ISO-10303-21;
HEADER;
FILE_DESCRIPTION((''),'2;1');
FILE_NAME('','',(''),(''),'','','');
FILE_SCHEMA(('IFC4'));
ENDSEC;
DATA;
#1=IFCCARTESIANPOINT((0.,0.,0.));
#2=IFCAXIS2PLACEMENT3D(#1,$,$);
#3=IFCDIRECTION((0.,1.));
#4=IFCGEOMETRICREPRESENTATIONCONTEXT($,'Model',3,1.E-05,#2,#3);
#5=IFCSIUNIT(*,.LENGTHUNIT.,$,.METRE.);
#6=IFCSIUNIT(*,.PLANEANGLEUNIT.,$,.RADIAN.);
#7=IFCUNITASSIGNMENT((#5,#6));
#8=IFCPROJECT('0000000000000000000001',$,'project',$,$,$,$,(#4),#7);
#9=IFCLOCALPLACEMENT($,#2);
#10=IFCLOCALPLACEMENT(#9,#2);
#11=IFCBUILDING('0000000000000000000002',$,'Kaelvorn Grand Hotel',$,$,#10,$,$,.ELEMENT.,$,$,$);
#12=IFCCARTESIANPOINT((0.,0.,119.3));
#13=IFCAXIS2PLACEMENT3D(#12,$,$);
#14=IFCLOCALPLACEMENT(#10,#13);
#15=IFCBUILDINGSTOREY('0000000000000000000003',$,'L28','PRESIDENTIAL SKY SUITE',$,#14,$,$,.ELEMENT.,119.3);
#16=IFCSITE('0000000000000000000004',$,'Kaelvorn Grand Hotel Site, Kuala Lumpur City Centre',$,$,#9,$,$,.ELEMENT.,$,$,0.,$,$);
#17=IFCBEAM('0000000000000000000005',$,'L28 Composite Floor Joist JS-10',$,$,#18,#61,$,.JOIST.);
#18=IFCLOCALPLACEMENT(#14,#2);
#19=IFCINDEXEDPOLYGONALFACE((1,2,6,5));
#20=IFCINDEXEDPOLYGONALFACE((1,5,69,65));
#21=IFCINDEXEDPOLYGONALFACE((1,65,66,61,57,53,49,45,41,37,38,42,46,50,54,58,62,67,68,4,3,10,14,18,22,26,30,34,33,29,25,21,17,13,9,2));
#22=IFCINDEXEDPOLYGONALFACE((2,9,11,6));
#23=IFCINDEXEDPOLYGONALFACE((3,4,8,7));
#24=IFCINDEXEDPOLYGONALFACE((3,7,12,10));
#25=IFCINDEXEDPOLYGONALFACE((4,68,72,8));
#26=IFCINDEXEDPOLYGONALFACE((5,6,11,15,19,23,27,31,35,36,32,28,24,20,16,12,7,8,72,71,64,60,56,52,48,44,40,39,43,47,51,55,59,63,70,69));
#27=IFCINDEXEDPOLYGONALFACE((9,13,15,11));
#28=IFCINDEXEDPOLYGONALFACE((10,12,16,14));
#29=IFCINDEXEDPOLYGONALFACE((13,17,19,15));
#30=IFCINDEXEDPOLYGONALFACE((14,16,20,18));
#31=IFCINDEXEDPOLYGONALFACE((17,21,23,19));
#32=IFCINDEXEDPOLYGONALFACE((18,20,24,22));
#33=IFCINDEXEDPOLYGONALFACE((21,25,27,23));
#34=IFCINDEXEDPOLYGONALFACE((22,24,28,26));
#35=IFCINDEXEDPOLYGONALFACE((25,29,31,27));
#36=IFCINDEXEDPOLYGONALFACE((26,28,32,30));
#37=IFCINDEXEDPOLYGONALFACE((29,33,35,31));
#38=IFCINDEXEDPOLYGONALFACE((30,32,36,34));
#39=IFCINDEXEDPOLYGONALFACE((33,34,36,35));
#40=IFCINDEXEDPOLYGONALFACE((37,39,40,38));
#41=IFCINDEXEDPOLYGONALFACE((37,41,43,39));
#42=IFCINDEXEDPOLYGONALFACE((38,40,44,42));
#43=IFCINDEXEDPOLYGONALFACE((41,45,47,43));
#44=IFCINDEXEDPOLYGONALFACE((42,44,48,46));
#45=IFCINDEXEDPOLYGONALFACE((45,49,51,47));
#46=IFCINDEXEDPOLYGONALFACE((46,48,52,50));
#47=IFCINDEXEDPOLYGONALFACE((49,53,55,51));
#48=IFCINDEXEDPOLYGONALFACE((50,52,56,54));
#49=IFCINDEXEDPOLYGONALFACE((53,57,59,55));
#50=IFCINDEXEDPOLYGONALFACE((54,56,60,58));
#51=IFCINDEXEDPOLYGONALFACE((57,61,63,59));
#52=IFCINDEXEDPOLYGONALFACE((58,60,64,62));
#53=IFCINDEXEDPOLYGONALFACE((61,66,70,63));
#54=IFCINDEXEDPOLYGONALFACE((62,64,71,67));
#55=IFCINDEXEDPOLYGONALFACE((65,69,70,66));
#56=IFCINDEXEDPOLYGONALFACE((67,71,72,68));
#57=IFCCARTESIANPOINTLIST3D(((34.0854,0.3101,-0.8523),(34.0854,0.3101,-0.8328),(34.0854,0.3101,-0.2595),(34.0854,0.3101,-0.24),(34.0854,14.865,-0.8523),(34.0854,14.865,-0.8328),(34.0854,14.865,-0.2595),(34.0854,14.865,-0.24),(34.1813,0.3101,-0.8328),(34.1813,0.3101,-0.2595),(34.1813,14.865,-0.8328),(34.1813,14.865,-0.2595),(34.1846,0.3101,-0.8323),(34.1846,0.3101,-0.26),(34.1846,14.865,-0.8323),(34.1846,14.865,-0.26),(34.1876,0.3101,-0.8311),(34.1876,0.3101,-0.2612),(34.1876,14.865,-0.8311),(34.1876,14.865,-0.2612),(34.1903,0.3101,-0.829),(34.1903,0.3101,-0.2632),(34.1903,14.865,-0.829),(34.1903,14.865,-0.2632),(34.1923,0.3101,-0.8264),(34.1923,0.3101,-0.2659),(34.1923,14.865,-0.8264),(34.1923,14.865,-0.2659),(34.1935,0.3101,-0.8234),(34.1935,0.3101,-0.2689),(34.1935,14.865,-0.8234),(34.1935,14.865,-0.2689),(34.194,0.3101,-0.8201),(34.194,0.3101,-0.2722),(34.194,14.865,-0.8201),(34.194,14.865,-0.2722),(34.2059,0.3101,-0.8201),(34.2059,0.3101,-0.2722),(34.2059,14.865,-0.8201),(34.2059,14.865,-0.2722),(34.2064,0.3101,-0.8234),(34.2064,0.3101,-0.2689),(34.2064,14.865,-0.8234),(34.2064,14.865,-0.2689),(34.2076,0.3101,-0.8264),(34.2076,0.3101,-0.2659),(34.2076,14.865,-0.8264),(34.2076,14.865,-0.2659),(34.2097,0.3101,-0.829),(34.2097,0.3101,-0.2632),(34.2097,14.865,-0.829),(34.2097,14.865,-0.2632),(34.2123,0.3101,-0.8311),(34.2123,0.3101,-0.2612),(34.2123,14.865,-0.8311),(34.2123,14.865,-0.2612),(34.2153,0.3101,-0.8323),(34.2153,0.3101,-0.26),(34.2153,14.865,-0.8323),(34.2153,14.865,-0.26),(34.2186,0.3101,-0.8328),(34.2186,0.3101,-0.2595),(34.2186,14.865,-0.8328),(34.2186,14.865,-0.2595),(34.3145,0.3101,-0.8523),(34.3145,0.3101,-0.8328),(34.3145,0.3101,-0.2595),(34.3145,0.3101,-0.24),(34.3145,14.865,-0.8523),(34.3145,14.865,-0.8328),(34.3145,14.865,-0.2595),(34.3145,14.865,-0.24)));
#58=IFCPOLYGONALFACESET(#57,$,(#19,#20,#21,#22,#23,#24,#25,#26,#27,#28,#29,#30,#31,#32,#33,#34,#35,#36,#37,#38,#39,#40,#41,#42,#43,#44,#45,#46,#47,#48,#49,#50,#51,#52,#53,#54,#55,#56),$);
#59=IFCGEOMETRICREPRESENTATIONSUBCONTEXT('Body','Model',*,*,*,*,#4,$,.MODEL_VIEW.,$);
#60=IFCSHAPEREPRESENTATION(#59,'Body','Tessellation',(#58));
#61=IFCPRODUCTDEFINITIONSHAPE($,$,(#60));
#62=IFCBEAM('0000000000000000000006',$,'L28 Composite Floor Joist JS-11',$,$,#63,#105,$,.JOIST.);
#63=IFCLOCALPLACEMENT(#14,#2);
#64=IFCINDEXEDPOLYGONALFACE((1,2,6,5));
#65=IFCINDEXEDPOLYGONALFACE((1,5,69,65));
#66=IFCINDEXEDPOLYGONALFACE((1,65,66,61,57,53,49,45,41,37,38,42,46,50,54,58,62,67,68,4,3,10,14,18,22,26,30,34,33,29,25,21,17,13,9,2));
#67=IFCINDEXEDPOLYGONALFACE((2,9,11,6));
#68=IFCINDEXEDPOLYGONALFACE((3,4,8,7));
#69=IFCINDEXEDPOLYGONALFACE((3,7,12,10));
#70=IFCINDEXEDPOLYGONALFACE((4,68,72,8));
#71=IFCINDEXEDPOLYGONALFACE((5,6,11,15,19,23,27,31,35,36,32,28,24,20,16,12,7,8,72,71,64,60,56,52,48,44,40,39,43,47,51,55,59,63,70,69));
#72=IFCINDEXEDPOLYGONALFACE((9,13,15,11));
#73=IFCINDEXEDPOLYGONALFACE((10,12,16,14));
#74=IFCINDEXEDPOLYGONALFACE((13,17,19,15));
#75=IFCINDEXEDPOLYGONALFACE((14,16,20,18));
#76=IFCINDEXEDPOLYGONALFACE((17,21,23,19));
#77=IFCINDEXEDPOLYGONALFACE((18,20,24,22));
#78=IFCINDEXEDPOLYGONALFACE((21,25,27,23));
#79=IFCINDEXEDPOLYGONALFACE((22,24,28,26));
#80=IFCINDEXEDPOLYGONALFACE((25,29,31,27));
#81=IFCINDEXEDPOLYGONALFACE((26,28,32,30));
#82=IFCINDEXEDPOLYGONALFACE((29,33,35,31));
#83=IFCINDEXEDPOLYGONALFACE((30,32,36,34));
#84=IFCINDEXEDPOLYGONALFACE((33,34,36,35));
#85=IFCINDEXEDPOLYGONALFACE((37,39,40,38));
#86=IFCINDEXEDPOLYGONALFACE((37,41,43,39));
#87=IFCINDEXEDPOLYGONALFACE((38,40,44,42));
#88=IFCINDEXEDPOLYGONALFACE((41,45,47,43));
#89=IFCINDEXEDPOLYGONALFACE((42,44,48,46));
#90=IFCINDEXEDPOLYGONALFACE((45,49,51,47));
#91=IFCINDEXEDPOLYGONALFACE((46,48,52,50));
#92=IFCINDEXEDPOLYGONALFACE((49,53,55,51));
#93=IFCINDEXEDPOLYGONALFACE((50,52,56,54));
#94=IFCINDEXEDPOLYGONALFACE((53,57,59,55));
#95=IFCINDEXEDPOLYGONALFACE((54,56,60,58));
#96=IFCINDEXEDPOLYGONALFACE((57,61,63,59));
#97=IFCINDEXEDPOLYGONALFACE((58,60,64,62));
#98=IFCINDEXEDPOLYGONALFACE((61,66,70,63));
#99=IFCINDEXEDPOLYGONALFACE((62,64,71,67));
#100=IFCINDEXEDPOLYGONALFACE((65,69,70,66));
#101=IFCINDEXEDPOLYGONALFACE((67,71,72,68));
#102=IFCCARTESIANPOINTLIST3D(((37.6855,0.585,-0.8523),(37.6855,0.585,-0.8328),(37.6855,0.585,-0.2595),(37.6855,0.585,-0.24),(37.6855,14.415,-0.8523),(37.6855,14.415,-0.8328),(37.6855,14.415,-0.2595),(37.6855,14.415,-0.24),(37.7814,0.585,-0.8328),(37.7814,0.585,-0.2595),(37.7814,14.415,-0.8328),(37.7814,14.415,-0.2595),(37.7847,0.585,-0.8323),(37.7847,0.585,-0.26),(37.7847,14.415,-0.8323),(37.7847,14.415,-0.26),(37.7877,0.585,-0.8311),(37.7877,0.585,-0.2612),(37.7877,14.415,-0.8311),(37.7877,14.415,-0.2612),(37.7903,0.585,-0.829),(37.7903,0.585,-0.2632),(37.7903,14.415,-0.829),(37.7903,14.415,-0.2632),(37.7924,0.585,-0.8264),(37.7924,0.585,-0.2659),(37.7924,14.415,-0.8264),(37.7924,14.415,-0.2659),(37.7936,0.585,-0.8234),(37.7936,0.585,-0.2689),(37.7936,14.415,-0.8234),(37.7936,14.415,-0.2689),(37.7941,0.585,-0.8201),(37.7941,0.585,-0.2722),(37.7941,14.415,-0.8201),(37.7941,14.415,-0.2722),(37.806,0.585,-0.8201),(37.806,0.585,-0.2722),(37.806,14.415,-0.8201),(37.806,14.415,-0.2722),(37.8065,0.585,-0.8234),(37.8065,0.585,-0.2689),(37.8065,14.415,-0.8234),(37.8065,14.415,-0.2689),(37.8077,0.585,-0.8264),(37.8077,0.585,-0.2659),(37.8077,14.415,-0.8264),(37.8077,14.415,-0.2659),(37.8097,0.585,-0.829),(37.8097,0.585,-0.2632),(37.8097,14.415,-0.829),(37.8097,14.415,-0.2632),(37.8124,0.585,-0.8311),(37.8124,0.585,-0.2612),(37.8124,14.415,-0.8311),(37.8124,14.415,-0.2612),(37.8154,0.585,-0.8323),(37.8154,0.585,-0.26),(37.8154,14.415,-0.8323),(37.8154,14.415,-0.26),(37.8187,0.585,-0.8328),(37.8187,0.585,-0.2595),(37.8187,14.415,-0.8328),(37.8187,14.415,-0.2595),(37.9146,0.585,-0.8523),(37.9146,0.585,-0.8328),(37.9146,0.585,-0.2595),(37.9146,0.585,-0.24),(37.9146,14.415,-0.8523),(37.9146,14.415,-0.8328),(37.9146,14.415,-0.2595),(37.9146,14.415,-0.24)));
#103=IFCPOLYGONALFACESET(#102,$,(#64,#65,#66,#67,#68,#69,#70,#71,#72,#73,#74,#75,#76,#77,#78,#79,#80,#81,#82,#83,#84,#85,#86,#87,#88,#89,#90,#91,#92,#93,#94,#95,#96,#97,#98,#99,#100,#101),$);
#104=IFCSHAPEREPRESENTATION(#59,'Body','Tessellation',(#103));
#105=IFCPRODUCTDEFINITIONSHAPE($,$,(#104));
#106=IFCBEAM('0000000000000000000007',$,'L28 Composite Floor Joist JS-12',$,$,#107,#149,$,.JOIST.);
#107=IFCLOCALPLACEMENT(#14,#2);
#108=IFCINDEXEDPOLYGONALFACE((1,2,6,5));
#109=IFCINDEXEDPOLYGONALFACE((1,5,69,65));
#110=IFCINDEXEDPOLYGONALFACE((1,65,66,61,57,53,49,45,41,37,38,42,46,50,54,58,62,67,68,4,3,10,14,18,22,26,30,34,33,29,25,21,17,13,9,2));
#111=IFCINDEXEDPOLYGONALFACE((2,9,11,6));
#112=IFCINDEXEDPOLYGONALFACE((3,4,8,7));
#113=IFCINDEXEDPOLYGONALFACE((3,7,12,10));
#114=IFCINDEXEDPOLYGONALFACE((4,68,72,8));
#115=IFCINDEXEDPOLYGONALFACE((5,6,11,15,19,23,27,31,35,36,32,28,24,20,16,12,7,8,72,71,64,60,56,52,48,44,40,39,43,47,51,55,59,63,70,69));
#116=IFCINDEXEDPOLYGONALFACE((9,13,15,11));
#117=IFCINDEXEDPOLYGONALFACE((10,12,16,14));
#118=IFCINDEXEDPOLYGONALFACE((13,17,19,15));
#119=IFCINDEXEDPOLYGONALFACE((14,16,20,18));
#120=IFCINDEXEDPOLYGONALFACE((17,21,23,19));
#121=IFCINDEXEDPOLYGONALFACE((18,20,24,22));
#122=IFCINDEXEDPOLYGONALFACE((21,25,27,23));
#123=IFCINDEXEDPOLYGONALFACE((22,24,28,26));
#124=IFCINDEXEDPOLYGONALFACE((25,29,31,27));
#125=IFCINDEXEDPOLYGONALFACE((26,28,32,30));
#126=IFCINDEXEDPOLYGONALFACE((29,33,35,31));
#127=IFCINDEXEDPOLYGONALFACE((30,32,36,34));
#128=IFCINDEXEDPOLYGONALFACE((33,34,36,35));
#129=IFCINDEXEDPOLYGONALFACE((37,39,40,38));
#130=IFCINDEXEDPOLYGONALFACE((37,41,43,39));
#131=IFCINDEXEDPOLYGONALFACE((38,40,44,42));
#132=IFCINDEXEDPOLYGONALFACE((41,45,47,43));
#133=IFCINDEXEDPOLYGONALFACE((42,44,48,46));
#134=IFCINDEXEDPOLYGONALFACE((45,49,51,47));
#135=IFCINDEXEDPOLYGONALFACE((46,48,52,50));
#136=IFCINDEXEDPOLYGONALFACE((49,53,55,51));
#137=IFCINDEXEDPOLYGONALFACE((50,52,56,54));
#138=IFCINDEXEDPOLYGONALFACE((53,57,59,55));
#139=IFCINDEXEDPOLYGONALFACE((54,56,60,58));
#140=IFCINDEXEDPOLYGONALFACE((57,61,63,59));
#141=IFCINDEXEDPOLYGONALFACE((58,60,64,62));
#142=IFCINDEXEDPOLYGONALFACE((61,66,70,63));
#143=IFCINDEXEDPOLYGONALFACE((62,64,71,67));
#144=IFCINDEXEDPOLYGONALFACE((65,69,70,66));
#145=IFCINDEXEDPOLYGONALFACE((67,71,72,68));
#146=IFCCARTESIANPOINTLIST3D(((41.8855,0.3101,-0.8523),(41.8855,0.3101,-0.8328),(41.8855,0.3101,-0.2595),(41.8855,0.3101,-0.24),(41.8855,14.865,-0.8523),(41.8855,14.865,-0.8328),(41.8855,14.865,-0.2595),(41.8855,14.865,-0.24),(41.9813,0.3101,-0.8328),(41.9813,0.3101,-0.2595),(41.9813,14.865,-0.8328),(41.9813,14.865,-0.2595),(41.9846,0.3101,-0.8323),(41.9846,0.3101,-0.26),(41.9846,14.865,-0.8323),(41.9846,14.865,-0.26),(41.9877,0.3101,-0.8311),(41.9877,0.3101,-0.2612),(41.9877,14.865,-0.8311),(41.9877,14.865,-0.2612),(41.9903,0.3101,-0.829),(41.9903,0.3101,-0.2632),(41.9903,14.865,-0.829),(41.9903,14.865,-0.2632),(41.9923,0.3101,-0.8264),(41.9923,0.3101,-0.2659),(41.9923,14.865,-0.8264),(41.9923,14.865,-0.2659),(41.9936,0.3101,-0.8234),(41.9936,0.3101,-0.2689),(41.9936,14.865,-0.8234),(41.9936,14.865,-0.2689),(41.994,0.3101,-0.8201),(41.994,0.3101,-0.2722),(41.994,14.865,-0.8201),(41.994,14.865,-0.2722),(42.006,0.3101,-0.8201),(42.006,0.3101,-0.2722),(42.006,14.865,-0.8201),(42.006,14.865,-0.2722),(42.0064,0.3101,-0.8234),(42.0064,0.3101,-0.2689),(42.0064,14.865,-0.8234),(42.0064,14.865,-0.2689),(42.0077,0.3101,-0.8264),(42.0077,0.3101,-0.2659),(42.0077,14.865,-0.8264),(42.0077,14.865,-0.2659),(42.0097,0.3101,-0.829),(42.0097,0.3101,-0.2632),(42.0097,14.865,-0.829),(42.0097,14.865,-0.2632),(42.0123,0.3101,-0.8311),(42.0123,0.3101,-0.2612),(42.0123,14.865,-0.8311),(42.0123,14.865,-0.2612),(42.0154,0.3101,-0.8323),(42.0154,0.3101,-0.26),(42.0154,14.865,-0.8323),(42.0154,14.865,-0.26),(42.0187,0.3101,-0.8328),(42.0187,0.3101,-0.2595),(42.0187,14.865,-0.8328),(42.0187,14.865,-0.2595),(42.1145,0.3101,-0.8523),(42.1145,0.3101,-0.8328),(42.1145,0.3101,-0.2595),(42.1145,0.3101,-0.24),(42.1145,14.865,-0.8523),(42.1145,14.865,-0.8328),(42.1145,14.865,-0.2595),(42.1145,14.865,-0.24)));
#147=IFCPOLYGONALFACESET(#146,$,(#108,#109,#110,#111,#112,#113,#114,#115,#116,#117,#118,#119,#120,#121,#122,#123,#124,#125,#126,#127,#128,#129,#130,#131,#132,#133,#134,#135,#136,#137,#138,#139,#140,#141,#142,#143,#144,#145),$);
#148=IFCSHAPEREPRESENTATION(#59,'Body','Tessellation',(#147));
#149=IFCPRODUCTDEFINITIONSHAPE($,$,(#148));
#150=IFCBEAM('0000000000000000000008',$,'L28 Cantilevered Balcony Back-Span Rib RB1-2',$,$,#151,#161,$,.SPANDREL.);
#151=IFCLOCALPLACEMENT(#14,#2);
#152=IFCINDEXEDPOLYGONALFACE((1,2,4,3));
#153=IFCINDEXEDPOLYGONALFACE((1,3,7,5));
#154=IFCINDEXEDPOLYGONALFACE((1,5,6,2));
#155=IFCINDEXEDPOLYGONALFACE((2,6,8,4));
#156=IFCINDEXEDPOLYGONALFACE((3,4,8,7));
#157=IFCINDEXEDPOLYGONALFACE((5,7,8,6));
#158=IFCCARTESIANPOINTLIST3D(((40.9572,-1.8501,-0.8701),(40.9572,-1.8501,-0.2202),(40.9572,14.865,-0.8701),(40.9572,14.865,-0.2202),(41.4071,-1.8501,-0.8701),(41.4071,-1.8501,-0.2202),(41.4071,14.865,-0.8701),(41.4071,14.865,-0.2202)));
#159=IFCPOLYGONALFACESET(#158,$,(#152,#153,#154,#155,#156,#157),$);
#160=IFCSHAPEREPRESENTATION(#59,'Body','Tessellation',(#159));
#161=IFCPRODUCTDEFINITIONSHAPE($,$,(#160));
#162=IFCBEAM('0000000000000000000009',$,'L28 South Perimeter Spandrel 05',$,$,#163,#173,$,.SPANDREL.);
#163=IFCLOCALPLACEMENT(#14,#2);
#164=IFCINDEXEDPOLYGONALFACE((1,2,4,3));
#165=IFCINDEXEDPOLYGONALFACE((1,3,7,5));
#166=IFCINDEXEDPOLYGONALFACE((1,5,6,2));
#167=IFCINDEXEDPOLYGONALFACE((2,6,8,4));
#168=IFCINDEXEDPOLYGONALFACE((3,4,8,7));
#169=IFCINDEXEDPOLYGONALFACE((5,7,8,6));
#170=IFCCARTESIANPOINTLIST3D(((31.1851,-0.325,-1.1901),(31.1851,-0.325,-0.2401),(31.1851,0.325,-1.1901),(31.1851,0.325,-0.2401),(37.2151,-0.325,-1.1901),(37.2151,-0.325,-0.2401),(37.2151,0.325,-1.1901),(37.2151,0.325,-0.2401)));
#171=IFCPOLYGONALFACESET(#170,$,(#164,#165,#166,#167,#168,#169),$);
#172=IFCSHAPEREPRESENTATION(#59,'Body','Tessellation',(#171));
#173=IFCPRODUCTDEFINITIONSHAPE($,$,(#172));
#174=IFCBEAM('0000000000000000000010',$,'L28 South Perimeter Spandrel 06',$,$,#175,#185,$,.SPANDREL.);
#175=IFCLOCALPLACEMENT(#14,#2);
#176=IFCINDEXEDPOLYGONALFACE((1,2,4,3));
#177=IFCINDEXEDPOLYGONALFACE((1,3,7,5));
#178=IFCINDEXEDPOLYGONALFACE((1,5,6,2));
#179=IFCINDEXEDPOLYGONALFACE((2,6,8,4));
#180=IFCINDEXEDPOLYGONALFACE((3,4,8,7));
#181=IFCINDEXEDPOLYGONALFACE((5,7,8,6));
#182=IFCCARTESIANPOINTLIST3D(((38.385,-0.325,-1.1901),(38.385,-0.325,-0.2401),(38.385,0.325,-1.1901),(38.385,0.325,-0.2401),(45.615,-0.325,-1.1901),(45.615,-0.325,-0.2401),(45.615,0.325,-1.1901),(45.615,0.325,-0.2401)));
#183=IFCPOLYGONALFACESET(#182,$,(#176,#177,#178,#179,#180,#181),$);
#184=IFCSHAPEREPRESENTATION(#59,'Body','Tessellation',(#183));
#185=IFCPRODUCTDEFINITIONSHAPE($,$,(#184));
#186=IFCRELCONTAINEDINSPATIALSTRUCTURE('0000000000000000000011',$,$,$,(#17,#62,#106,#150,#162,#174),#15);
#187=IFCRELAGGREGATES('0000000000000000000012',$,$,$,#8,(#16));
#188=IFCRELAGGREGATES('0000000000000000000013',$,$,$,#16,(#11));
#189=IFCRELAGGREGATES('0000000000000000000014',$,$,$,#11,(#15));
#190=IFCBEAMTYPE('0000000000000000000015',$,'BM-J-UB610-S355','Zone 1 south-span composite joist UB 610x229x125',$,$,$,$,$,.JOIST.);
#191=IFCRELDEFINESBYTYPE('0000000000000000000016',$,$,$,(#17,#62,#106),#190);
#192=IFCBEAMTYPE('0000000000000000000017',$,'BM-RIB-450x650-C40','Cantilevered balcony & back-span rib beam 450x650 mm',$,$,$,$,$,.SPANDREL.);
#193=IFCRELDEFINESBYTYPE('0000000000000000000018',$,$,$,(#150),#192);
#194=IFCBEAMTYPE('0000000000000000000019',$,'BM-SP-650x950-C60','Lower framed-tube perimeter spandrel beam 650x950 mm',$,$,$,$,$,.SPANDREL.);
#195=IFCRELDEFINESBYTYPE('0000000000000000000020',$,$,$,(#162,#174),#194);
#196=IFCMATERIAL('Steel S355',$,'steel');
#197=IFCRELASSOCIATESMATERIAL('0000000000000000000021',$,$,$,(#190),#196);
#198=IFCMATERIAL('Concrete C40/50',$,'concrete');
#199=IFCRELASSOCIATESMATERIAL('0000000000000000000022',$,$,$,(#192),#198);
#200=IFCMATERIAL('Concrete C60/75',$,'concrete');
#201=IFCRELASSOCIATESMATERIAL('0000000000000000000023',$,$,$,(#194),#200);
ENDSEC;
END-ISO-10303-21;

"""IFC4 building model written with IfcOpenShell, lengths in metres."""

from ifc_helpers import new_model, si_unit, direction, frame, origin, origin_2d, place, context, subcontext, project, spatial, rectangle, i_section, extrude, material, material_profile, profile_set, type_object, element, save


model = new_model("IFC4")

# Units and contexts
model_context = context("Model", 3, precision=1e-05, world=origin(), true_north=direction((0.0, 1.0)))
body_context = subcontext(model_context, "Body", "Model", "MODEL_VIEW")
ifc_project = project(units=[si_unit("LENGTHUNIT", "METRE"), si_unit("PLANEANGLEUNIT", "RADIAN")], contexts=[model_context])

# Site, building, storey
site_placement = place(None, origin())
site = spatial("IfcSite", under=ifc_project, at=site_placement, Name="Kaelvorn Grand Hotel Site, Kuala Lumpur City Centre", CompositionType="ELEMENT", RefElevation=0.0)
building_placement = place(site_placement, origin())
building = spatial("IfcBuilding", under=site, at=building_placement, Name="Kaelvorn Grand Hotel", CompositionType="ELEMENT")
storey_placement = place(building_placement, frame((0.0, 0.0, 119.3)))
storey = spatial("IfcBuildingStorey", under=building, at=storey_placement, Name="L28", Description="PRESIDENTIAL SKY SUITE", CompositionType="ELEMENT", Elevation=119.3)

# Shared definitions
ifc_material_1 = material(Name="Concrete C60/75", Category="concrete")

# Beams
ifc_material_2 = material(Name="Steel S355", Category="steel")
ifc_material_profile_1 = material_profile(ifc_material_2, i_section(OverallWidth=0.229, OverallDepth=0.6123, WebThickness=0.012, FlangeThickness=0.0195, FilletRadius=0.0127, at=origin_2d()), Name="UB 610x229x125")
ifc_profile_set_1 = profile_set([ifc_material_profile_1], Name="Steel S355")
beam_type_1 = type_object("IfcBeamType", Name="BM-J-UB610-S355", Description="Zone 1 south-span composite joist UB 610x229x125", PredefinedType="JOIST", material=ifc_profile_set_1)
beam_1_placement = place(storey_placement, frame((34.2, 0.3101, -0.5461), z_axis=(0.0, 1.0, 0.0), x_axis=(-1.0, 0.0, 0.0)))
element("IfcBeam", 1, at=beam_1_placement, inside=storey, type_object=beam_type_1, Name="L28 Composite Floor Joist JS-10", PredefinedType="JOIST", context=body_context, shape_type="SweptSolid", body=[
    extrude(i_section(OverallWidth=0.229, OverallDepth=0.6123, WebThickness=0.012, FlangeThickness=0.0195, FilletRadius=0.0127, at=origin_2d()), origin(), (0.0, 0.0, 1.0), 14.5549),
])
beam_2_placement = place(storey_placement, frame((37.8, 0.585, -0.5461), z_axis=(0.0, 1.0, 0.0), x_axis=(-1.0, 0.0, 0.0)))
element("IfcBeam", 2, at=beam_2_placement, inside=storey, type_object=beam_type_1, Name="L28 Composite Floor Joist JS-11", PredefinedType="JOIST", context=body_context, shape_type="SweptSolid", body=[
    extrude(i_section(OverallWidth=0.229, OverallDepth=0.6123, WebThickness=0.012, FlangeThickness=0.0195, FilletRadius=0.0127, at=origin_2d()), origin(), (0.0, 0.0, 1.0), 13.8301),
])
beam_3_placement = place(storey_placement, frame((42.0, 0.3101, -0.5461), z_axis=(0.0, 1.0, 0.0), x_axis=(-1.0, 0.0, 0.0)))
element("IfcBeam", 3, at=beam_3_placement, inside=storey, type_object=beam_type_1, Name="L28 Composite Floor Joist JS-12", PredefinedType="JOIST", context=body_context, shape_type="SweptSolid", body=[
    extrude(i_section(OverallWidth=0.229, OverallDepth=0.6123, WebThickness=0.012, FlangeThickness=0.0195, FilletRadius=0.0127, at=origin_2d()), origin(), (0.0, 0.0, 1.0), 14.5549),
])
ifc_material_3 = material(Name="Concrete C40/50", Category="concrete")
ifc_material_profile_2 = material_profile(ifc_material_3, rectangle(XDim=0.45, YDim=0.6499, at=origin_2d()), Name="RC RIB 450x650")
ifc_profile_set_2 = profile_set([ifc_material_profile_2], Name="Concrete C40/50")
beam_type_2 = type_object("IfcBeamType", Name="BM-RIB-450x650-C40", Description="Cantilevered balcony & back-span rib beam 450x650 mm", PredefinedType="SPANDREL", material=ifc_profile_set_2)
beam_4_placement = place(storey_placement, frame((41.1821, -1.8501, -0.5452), z_axis=(0.0, 1.0, 0.0), x_axis=(-1.0, 0.0, 0.0)))
element("IfcBeam", 4, at=beam_4_placement, inside=storey, type_object=beam_type_2, Name="L28 Cantilevered Balcony Back-Span Rib RB1-2", PredefinedType="SPANDREL", context=body_context, shape_type="SweptSolid", body=[
    extrude(rectangle(XDim=0.45, YDim=0.6499, at=origin_2d()), origin(), (0.0, 0.0, 1.0), 16.7151),
])
ifc_material_profile_3 = material_profile(ifc_material_1, rectangle(XDim=0.6499, YDim=0.95, at=origin_2d()), Name="RC SPANDREL 650x950")
ifc_profile_set_3 = profile_set([ifc_material_profile_3], Name="Concrete C60/75")
beam_type_3 = type_object("IfcBeamType", Name="BM-SP-650x950-C60", Description="Lower framed-tube perimeter spandrel beam 650x950 mm", PredefinedType="SPANDREL", material=ifc_profile_set_3)
beam_5_placement = place(storey_placement, frame((31.1851, 0.0, -0.7151), z_axis=(1.0, 0.0, 0.0), x_axis=(0.0, 1.0, 0.0)))
element("IfcBeam", 5, at=beam_5_placement, inside=storey, type_object=beam_type_3, Name="L28 South Perimeter Spandrel 05", PredefinedType="SPANDREL", context=body_context, shape_type="SweptSolid", body=[
    extrude(rectangle(XDim=0.6499, YDim=0.95, at=origin_2d()), origin(), (0.0, 0.0, 1.0), 6.03),
])
beam_6_placement = place(storey_placement, frame((38.385, 0.0, -0.7151), z_axis=(1.0, 0.0, 0.0), x_axis=(0.0, 1.0, 0.0)))
element("IfcBeam", 6, at=beam_6_placement, inside=storey, type_object=beam_type_3, Name="L28 South Perimeter Spandrel 06", PredefinedType="SPANDREL", context=body_context, shape_type="SweptSolid", body=[
    extrude(rectangle(XDim=0.6499, YDim=0.95, at=origin_2d()), origin(), (0.0, 0.0, 1.0), 7.23),
])

save(model, "model.ifc")
